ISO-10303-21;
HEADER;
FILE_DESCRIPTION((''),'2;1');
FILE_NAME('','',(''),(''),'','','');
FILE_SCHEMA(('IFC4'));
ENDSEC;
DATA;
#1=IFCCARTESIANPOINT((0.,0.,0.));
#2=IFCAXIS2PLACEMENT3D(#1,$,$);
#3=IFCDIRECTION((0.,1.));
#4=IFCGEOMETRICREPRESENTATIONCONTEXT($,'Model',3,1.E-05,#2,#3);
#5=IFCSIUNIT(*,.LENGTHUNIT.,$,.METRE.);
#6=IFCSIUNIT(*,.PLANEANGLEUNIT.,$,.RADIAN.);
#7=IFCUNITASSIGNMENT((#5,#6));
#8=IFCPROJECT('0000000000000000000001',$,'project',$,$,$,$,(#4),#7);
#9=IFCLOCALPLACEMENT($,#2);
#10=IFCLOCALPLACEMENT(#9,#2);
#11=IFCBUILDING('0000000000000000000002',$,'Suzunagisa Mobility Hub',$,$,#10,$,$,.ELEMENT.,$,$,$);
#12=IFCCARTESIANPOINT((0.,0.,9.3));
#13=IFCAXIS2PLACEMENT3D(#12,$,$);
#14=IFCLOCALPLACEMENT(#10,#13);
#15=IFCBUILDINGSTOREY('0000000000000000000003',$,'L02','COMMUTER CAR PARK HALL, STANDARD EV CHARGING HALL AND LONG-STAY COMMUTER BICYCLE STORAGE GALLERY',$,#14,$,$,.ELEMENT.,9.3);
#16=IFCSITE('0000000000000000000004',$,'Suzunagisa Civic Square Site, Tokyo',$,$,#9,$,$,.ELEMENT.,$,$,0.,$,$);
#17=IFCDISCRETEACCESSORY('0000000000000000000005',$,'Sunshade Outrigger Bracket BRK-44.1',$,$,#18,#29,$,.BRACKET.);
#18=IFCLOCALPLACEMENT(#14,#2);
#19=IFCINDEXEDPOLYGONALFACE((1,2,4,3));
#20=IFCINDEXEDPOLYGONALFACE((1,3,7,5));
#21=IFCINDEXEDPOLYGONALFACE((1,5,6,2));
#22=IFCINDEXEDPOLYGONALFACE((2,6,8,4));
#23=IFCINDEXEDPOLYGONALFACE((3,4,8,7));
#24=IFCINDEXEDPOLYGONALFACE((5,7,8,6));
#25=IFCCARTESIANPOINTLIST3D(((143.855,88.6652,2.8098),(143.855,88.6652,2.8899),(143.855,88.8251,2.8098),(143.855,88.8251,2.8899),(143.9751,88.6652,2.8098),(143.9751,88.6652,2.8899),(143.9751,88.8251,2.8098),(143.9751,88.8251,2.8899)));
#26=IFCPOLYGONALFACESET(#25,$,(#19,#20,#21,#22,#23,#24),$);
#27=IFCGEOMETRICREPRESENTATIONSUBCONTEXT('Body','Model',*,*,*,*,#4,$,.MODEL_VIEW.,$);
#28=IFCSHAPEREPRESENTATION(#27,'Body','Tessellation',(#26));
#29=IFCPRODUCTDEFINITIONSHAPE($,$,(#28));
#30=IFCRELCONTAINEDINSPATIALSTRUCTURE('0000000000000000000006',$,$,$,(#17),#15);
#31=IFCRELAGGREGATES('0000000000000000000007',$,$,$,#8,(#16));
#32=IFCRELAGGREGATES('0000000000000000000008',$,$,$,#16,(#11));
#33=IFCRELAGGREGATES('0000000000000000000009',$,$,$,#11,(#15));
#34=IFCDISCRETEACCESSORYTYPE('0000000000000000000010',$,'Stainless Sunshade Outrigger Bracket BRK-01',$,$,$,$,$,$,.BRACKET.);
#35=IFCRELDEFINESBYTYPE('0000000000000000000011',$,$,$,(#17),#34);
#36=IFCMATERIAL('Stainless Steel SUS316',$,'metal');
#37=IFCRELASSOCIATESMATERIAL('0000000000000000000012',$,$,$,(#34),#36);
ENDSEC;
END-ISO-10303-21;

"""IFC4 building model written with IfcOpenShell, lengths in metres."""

from ifc_helpers import new_model, si_unit, direction, frame, origin, origin_2d, place, context, subcontext, project, spatial, rectangle, extrude, material, type_object, element, save


model = new_model("IFC4")

# Units and contexts
model_context = context("Model", 3, precision=1e-05, world=origin(), true_north=direction((0.0, 1.0)))
body_context = subcontext(model_context, "Body", "Model", "MODEL_VIEW")
ifc_project = project(units=[si_unit("LENGTHUNIT", "METRE"), si_unit("PLANEANGLEUNIT", "RADIAN")], contexts=[model_context])

# Site, building, storey
site_placement = place(None, origin())
site = spatial("IfcSite", under=ifc_project, at=site_placement, Name="Suzunagisa Civic Square Site, Tokyo", CompositionType="ELEMENT", RefElevation=0.0)
building_placement = place(site_placement, origin())
building = spatial("IfcBuilding", under=site, at=building_placement, Name="Suzunagisa Mobility Hub", CompositionType="ELEMENT")
storey_placement = place(building_placement, frame((0.0, 0.0, 9.3)))
storey = spatial("IfcBuildingStorey", under=building, at=storey_placement, Name="L02", Description="COMMUTER CAR PARK HALL, STANDARD EV CHARGING HALL AND LONG-STAY COMMUTER BICYCLE STORAGE GALLERY", CompositionType="ELEMENT", Elevation=9.3)

# Discrete accessory
ifc_material_1 = material(Name="Stainless Steel SUS316", Category="metal")
discrete_accessory_type = type_object("IfcDiscreteAccessoryType", Name="Stainless Sunshade Outrigger Bracket BRK-01", PredefinedType="BRACKET", material=ifc_material_1)
discrete_accessory_placement = place(storey_placement, frame((143.915, 88.7451, 2.8098), z_axis=(0.0, 0.0, 1.0), x_axis=(0.0, -1.0, 0.0)))
element("IfcDiscreteAccessory", 1, at=discrete_accessory_placement, inside=storey, type_object=discrete_accessory_type, Name="Sunshade Outrigger Bracket BRK-44.1", PredefinedType="BRACKET", context=body_context, shape_type="SweptSolid", body=[
    extrude(rectangle(XDim=0.1599, YDim=0.1201, at=origin_2d()), origin(), (0.0, 0.0, 1.0), 0.0801),
])

save(model, "model.ifc")
